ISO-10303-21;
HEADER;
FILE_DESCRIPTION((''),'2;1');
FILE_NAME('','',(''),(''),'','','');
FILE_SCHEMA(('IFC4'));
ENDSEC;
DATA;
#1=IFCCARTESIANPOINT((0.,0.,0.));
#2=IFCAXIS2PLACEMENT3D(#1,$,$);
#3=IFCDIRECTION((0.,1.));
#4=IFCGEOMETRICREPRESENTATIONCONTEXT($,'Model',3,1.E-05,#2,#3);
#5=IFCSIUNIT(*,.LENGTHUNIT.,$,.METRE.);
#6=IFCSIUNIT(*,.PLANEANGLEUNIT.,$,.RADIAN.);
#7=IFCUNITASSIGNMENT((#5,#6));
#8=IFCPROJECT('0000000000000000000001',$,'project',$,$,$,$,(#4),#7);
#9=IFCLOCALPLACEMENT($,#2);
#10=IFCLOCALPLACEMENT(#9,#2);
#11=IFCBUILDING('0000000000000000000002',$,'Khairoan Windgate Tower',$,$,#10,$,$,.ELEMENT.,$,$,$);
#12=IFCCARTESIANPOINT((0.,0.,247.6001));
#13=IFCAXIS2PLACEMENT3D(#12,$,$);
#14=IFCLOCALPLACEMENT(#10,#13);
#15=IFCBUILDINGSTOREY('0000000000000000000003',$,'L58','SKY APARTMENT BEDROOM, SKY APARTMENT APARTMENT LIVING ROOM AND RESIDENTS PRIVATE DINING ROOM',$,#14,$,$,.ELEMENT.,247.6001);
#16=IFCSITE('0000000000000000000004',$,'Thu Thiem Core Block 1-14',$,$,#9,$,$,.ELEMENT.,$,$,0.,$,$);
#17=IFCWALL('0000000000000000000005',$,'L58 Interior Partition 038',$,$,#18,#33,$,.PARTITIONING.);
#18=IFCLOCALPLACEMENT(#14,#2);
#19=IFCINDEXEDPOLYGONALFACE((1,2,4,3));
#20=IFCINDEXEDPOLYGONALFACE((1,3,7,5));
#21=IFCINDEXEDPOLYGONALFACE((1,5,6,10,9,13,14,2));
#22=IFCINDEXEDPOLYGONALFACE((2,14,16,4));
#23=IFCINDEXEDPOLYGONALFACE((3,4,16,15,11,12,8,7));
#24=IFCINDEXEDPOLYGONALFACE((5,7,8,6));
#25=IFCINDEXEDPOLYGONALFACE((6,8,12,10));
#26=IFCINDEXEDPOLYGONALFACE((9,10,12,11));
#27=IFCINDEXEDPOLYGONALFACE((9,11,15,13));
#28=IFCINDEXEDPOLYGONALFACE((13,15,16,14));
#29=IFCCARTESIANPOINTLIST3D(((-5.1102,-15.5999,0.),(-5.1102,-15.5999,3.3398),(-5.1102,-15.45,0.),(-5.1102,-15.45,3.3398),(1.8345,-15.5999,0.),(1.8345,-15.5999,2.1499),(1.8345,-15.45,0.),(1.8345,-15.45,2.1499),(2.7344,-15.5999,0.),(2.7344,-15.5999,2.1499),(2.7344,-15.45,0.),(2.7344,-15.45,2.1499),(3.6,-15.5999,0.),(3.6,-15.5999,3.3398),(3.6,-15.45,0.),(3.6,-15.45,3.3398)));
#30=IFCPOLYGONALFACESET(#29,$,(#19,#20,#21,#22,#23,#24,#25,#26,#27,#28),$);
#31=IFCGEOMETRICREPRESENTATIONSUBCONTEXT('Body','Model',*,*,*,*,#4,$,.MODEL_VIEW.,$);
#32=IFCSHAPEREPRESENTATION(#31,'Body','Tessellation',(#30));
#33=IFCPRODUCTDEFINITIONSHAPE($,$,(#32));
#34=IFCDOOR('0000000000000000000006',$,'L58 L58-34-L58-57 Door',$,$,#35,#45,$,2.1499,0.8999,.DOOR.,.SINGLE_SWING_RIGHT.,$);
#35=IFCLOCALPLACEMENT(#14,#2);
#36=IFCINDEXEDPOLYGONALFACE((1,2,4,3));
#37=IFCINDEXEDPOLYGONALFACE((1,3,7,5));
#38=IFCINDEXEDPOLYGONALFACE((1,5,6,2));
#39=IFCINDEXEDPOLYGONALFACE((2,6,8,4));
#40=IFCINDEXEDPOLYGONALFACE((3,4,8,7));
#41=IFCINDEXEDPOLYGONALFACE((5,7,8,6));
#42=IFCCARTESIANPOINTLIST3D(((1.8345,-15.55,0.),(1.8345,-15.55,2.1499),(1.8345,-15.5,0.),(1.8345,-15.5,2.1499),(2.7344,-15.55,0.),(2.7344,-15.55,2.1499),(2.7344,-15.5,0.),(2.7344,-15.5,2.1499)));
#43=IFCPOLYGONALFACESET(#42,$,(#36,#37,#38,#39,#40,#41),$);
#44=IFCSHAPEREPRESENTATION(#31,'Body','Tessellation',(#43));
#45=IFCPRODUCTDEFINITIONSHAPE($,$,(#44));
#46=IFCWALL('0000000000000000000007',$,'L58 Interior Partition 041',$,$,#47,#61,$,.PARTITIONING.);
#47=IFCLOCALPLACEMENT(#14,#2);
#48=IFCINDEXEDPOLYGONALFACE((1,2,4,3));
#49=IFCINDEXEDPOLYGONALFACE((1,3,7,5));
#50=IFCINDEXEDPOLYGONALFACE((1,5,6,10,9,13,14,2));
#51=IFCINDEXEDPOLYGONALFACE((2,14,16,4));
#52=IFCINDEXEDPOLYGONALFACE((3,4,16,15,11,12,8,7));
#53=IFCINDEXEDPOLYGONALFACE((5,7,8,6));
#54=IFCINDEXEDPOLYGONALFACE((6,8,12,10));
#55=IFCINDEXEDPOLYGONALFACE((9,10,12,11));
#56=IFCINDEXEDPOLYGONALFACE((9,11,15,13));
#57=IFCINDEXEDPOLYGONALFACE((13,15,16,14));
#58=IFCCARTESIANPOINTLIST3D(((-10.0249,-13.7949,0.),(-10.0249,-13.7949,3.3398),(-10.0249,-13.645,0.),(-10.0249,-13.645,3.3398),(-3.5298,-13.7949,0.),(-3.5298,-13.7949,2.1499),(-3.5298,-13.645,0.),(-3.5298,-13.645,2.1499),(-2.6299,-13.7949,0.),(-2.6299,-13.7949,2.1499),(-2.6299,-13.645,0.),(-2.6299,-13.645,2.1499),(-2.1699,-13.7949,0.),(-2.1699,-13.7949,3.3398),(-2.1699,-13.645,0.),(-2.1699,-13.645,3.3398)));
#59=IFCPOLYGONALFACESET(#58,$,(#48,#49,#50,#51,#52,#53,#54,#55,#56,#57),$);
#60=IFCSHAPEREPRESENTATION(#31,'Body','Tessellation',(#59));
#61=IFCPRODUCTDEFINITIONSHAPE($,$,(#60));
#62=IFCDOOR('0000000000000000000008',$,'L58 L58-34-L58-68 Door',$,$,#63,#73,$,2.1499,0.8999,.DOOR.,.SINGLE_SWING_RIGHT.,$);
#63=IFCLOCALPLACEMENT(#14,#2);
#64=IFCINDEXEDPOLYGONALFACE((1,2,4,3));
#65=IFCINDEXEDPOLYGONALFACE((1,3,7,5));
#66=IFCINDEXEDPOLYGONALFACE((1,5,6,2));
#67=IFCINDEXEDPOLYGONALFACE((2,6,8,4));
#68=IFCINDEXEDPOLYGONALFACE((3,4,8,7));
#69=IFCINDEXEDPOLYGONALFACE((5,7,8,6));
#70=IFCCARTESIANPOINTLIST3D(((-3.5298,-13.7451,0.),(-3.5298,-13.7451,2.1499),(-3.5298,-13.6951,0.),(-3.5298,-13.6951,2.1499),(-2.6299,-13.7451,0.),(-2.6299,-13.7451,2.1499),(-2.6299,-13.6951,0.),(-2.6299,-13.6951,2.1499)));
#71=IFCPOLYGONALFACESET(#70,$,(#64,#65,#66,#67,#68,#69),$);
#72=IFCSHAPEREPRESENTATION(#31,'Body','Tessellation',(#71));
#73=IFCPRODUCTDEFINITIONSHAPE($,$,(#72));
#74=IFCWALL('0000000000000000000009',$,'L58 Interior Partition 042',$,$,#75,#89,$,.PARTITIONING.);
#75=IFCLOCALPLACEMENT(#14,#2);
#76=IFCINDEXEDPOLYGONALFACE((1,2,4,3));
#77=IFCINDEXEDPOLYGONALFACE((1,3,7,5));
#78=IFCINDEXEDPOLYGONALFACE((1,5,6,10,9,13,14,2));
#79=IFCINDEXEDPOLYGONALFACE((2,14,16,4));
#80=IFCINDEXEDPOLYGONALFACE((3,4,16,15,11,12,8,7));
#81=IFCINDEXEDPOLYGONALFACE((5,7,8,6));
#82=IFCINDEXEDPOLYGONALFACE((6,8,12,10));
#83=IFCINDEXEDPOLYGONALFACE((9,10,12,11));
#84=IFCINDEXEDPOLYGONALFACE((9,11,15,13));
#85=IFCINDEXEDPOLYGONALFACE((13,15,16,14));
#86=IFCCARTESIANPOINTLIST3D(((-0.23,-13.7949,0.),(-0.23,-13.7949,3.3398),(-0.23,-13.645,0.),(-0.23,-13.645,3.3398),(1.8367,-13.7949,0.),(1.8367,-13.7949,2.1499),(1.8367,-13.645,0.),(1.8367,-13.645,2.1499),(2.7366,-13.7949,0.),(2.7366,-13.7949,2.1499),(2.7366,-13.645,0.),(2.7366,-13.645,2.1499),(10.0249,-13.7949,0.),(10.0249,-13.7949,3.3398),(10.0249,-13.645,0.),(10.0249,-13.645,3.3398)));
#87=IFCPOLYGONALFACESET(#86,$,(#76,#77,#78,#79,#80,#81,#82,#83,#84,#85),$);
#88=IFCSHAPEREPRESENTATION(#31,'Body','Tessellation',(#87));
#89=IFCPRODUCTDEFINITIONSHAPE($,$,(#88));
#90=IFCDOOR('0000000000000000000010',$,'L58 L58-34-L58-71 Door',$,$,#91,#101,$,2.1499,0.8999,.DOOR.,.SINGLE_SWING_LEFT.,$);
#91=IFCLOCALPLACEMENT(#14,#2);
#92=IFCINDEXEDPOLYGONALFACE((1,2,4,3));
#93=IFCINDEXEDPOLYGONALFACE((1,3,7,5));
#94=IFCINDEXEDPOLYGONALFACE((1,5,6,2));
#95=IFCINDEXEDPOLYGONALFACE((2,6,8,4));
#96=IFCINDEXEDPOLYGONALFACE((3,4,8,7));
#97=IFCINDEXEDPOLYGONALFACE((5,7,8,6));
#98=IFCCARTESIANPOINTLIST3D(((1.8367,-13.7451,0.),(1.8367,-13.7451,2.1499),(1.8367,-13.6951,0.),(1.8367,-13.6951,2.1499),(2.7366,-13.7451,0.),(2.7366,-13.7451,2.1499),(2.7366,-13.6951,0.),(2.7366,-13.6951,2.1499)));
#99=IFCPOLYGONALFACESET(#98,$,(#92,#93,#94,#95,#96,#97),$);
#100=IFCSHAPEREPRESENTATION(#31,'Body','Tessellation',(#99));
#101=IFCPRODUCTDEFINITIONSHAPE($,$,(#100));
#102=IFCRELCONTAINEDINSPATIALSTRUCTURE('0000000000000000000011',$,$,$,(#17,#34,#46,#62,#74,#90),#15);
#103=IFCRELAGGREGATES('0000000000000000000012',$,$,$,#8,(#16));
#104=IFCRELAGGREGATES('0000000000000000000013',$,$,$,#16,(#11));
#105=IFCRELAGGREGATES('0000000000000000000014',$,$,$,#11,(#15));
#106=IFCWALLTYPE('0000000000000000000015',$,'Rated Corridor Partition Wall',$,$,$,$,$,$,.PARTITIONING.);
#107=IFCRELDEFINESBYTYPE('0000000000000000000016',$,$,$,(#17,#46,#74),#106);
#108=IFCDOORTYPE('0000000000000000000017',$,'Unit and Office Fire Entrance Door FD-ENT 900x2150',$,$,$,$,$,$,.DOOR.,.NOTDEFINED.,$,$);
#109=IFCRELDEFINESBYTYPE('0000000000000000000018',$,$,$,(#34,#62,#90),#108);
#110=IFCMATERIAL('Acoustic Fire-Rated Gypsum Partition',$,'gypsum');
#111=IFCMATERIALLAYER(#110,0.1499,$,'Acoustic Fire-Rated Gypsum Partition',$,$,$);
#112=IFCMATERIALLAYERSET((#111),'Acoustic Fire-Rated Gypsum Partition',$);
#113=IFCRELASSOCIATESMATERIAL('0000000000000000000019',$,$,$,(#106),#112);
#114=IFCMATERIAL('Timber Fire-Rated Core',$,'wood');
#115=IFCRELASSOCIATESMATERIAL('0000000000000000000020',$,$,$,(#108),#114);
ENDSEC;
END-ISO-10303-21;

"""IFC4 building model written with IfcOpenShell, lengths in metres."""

from ifc_helpers import new_model, si_unit, direction, frame, frame_2d, origin, place, context, subcontext, project, spatial, rectangle, extrude, material, layer, layer_set, type_object, element, fill, save


model = new_model("IFC4")

# Units and contexts
model_context = context("Model", 3, precision=1e-05, world=origin(), true_north=direction((0.0, 1.0)))
body_context = subcontext(model_context, "Body", "Model", "MODEL_VIEW")
ifc_project = project(units=[si_unit("LENGTHUNIT", "METRE"), si_unit("PLANEANGLEUNIT", "RADIAN")], contexts=[model_context])

# Site, building, storey
site_placement = place(None, origin())
site = spatial("IfcSite", under=ifc_project, at=site_placement, Name="Thu Thiem Core Block 1-14", CompositionType="ELEMENT", RefElevation=0.0)
building_placement = place(site_placement, origin())
building = spatial("IfcBuilding", under=site, at=building_placement, Name="Khairoan Windgate Tower", CompositionType="ELEMENT")
storey_placement = place(building_placement, frame((0.0, 0.0, 247.6001)))
storey = spatial("IfcBuildingStorey", under=building, at=storey_placement, Name="L58", Description="SKY APARTMENT BEDROOM, SKY APARTMENT APARTMENT LIVING ROOM AND RESIDENTS PRIVATE DINING ROOM", CompositionType="ELEMENT", Elevation=247.6001)

# Shared definitions
ifc_material_1 = material(Name="Acoustic Fire-Rated Gypsum Partition", Category="gypsum")
ifc_layer_1 = layer(ifc_material_1, 0.1499, Name="Acoustic Fire-Rated Gypsum Partition")
ifc_layer_set_1 = layer_set([ifc_layer_1], Name="Acoustic Fire-Rated Gypsum Partition")
wall_type_1 = type_object("IfcWallType", Name="Rated Corridor Partition Wall", PredefinedType="PARTITIONING", material=ifc_layer_set_1)
ifc_material_2 = material(Name="Timber Fire-Rated Core", Category="wood")
door_type = type_object("IfcDoorType", Name="Unit and Office Fire Entrance Door FD-ENT 900x2150", OperationType="NOTDEFINED", PredefinedType="DOOR", material=ifc_material_2)

# Walls, openings, doors
wall_1_placement = place(storey_placement, frame((-5.1101, -15.5249, 0.0), z_axis=(0.0, 0.0, 1.0), x_axis=(1.0, 0.0, 0.0)))
wall_1 = element("IfcWall", 1, at=wall_1_placement, inside=storey, type_object=wall_type_1, Name="L58 Interior Partition 038", PredefinedType="PARTITIONING", context=body_context, shape_type="SweptSolid", body=[
    extrude(rectangle(XDim=8.7102, YDim=0.1499, at=frame_2d((4.355, 0.0))), origin(), (0.0, 0.0, 1.0), 3.3398),
])
opening_1_placement = place(wall_1_placement, frame((6.9446, 0.0, 0.0)))
opening_1 = element("IfcOpeningElement", 2, at=opening_1_placement, cuts=wall_1, PredefinedType="OPENING", context=body_context, shape_type="SweptSolid", body=[
    extrude(rectangle(XDim=0.8999, YDim=2.1499, at=frame_2d((0.45, 1.075))), frame((0.0, 0.085, 0.0), z_axis=(0.0, -1.0, 0.0), x_axis=(1.0, 0.0, 0.0)), (0.0, 0.0, 1.0), 0.1699),
])
door_1_placement = place(opening_1_placement, origin())
door_1 = element("IfcDoor", 3, at=door_1_placement, inside=storey, type_object=door_type, Name="L58 L58-34-L58-57 Door", OperationType="SINGLE_SWING_RIGHT", OverallHeight=2.1499, OverallWidth=0.8999, PredefinedType="DOOR", context=body_context, shape_type="SweptSolid", body=[
    extrude(rectangle(XDim=0.8999, YDim=2.1499, at=frame_2d((0.45, 1.075))), frame((0.0, 0.0249, 0.0), z_axis=(0.0, -1.0, 0.0), x_axis=(1.0, 0.0, 0.0)), (0.0, 0.0, 1.0), 0.05),
])
fill(opening_1, door_1)
wall_2_placement = place(storey_placement, frame((-10.0249, -13.72, 0.0), z_axis=(0.0, 0.0, 1.0), x_axis=(1.0, 0.0, 0.0)))
wall_2 = element("IfcWall", 4, at=wall_2_placement, inside=storey, type_object=wall_type_1, Name="L58 Interior Partition 041", PredefinedType="PARTITIONING", context=body_context, shape_type="SweptSolid", body=[
    extrude(rectangle(XDim=7.855, YDim=0.1499, at=frame_2d((3.9275, 0.0))), origin(), (0.0, 0.0, 1.0), 3.3398),
])
opening_2_placement = place(wall_2_placement, frame((6.4951, 0.0, 0.0)))
opening_2 = element("IfcOpeningElement", 5, at=opening_2_placement, cuts=wall_2, PredefinedType="OPENING", context=body_context, shape_type="SweptSolid", body=[
    extrude(rectangle(XDim=0.8999, YDim=2.1499, at=frame_2d((0.45, 1.075))), frame((0.0, 0.085, 0.0), z_axis=(0.0, -1.0, 0.0), x_axis=(1.0, 0.0, 0.0)), (0.0, 0.0, 1.0), 0.1699),
])
door_2_placement = place(opening_2_placement, origin())
door_2 = element("IfcDoor", 6, at=door_2_placement, inside=storey, type_object=door_type, Name="L58 L58-34-L58-68 Door", OperationType="SINGLE_SWING_RIGHT", OverallHeight=2.1499, OverallWidth=0.8999, PredefinedType="DOOR", context=body_context, shape_type="SweptSolid", body=[
    extrude(rectangle(XDim=0.8999, YDim=2.1499, at=frame_2d((0.45, 1.075))), frame((0.0, 0.0249, 0.0), z_axis=(0.0, -1.0, 0.0), x_axis=(1.0, 0.0, 0.0)), (0.0, 0.0, 1.0), 0.05),
])
fill(opening_2, door_2)
wall_3_placement = place(storey_placement, frame((-0.23, -13.72, 0.0), z_axis=(0.0, 0.0, 1.0), x_axis=(1.0, 0.0, 0.0)))
wall_3 = element("IfcWall", 7, at=wall_3_placement, inside=storey, type_object=wall_type_1, Name="L58 Interior Partition 042", PredefinedType="PARTITIONING", context=body_context, shape_type="SweptSolid", body=[
    extrude(rectangle(XDim=10.2549, YDim=0.1499, at=frame_2d((5.1274, 0.0))), origin(), (0.0, 0.0, 1.0), 3.3398),
])
opening_3_placement = place(wall_3_placement, frame((2.0667, 0.0, 0.0)))
opening_3 = element("IfcOpeningElement", 8, at=opening_3_placement, cuts=wall_3, PredefinedType="OPENING", context=body_context, shape_type="SweptSolid", body=[
    extrude(rectangle(XDim=0.8999, YDim=2.1499, at=frame_2d((0.45, 1.075))), frame((0.0, 0.085, 0.0), z_axis=(0.0, -1.0, 0.0), x_axis=(1.0, 0.0, 0.0)), (0.0, 0.0, 1.0), 0.1699),
])
door_3_placement = place(opening_3_placement, origin())
door_3 = element("IfcDoor", 9, at=door_3_placement, inside=storey, type_object=door_type, Name="L58 L58-34-L58-71 Door", OperationType="SINGLE_SWING_LEFT", OverallHeight=2.1499, OverallWidth=0.8999, PredefinedType="DOOR", context=body_context, shape_type="SweptSolid", body=[
    extrude(rectangle(XDim=0.8999, YDim=2.1499, at=frame_2d((0.45, 1.075))), frame((0.0, 0.0249, 0.0), z_axis=(0.0, -1.0, 0.0), x_axis=(1.0, 0.0, 0.0)), (0.0, 0.0, 1.0), 0.05),
])
fill(opening_3, door_3)

save(model, "model.ifc")
